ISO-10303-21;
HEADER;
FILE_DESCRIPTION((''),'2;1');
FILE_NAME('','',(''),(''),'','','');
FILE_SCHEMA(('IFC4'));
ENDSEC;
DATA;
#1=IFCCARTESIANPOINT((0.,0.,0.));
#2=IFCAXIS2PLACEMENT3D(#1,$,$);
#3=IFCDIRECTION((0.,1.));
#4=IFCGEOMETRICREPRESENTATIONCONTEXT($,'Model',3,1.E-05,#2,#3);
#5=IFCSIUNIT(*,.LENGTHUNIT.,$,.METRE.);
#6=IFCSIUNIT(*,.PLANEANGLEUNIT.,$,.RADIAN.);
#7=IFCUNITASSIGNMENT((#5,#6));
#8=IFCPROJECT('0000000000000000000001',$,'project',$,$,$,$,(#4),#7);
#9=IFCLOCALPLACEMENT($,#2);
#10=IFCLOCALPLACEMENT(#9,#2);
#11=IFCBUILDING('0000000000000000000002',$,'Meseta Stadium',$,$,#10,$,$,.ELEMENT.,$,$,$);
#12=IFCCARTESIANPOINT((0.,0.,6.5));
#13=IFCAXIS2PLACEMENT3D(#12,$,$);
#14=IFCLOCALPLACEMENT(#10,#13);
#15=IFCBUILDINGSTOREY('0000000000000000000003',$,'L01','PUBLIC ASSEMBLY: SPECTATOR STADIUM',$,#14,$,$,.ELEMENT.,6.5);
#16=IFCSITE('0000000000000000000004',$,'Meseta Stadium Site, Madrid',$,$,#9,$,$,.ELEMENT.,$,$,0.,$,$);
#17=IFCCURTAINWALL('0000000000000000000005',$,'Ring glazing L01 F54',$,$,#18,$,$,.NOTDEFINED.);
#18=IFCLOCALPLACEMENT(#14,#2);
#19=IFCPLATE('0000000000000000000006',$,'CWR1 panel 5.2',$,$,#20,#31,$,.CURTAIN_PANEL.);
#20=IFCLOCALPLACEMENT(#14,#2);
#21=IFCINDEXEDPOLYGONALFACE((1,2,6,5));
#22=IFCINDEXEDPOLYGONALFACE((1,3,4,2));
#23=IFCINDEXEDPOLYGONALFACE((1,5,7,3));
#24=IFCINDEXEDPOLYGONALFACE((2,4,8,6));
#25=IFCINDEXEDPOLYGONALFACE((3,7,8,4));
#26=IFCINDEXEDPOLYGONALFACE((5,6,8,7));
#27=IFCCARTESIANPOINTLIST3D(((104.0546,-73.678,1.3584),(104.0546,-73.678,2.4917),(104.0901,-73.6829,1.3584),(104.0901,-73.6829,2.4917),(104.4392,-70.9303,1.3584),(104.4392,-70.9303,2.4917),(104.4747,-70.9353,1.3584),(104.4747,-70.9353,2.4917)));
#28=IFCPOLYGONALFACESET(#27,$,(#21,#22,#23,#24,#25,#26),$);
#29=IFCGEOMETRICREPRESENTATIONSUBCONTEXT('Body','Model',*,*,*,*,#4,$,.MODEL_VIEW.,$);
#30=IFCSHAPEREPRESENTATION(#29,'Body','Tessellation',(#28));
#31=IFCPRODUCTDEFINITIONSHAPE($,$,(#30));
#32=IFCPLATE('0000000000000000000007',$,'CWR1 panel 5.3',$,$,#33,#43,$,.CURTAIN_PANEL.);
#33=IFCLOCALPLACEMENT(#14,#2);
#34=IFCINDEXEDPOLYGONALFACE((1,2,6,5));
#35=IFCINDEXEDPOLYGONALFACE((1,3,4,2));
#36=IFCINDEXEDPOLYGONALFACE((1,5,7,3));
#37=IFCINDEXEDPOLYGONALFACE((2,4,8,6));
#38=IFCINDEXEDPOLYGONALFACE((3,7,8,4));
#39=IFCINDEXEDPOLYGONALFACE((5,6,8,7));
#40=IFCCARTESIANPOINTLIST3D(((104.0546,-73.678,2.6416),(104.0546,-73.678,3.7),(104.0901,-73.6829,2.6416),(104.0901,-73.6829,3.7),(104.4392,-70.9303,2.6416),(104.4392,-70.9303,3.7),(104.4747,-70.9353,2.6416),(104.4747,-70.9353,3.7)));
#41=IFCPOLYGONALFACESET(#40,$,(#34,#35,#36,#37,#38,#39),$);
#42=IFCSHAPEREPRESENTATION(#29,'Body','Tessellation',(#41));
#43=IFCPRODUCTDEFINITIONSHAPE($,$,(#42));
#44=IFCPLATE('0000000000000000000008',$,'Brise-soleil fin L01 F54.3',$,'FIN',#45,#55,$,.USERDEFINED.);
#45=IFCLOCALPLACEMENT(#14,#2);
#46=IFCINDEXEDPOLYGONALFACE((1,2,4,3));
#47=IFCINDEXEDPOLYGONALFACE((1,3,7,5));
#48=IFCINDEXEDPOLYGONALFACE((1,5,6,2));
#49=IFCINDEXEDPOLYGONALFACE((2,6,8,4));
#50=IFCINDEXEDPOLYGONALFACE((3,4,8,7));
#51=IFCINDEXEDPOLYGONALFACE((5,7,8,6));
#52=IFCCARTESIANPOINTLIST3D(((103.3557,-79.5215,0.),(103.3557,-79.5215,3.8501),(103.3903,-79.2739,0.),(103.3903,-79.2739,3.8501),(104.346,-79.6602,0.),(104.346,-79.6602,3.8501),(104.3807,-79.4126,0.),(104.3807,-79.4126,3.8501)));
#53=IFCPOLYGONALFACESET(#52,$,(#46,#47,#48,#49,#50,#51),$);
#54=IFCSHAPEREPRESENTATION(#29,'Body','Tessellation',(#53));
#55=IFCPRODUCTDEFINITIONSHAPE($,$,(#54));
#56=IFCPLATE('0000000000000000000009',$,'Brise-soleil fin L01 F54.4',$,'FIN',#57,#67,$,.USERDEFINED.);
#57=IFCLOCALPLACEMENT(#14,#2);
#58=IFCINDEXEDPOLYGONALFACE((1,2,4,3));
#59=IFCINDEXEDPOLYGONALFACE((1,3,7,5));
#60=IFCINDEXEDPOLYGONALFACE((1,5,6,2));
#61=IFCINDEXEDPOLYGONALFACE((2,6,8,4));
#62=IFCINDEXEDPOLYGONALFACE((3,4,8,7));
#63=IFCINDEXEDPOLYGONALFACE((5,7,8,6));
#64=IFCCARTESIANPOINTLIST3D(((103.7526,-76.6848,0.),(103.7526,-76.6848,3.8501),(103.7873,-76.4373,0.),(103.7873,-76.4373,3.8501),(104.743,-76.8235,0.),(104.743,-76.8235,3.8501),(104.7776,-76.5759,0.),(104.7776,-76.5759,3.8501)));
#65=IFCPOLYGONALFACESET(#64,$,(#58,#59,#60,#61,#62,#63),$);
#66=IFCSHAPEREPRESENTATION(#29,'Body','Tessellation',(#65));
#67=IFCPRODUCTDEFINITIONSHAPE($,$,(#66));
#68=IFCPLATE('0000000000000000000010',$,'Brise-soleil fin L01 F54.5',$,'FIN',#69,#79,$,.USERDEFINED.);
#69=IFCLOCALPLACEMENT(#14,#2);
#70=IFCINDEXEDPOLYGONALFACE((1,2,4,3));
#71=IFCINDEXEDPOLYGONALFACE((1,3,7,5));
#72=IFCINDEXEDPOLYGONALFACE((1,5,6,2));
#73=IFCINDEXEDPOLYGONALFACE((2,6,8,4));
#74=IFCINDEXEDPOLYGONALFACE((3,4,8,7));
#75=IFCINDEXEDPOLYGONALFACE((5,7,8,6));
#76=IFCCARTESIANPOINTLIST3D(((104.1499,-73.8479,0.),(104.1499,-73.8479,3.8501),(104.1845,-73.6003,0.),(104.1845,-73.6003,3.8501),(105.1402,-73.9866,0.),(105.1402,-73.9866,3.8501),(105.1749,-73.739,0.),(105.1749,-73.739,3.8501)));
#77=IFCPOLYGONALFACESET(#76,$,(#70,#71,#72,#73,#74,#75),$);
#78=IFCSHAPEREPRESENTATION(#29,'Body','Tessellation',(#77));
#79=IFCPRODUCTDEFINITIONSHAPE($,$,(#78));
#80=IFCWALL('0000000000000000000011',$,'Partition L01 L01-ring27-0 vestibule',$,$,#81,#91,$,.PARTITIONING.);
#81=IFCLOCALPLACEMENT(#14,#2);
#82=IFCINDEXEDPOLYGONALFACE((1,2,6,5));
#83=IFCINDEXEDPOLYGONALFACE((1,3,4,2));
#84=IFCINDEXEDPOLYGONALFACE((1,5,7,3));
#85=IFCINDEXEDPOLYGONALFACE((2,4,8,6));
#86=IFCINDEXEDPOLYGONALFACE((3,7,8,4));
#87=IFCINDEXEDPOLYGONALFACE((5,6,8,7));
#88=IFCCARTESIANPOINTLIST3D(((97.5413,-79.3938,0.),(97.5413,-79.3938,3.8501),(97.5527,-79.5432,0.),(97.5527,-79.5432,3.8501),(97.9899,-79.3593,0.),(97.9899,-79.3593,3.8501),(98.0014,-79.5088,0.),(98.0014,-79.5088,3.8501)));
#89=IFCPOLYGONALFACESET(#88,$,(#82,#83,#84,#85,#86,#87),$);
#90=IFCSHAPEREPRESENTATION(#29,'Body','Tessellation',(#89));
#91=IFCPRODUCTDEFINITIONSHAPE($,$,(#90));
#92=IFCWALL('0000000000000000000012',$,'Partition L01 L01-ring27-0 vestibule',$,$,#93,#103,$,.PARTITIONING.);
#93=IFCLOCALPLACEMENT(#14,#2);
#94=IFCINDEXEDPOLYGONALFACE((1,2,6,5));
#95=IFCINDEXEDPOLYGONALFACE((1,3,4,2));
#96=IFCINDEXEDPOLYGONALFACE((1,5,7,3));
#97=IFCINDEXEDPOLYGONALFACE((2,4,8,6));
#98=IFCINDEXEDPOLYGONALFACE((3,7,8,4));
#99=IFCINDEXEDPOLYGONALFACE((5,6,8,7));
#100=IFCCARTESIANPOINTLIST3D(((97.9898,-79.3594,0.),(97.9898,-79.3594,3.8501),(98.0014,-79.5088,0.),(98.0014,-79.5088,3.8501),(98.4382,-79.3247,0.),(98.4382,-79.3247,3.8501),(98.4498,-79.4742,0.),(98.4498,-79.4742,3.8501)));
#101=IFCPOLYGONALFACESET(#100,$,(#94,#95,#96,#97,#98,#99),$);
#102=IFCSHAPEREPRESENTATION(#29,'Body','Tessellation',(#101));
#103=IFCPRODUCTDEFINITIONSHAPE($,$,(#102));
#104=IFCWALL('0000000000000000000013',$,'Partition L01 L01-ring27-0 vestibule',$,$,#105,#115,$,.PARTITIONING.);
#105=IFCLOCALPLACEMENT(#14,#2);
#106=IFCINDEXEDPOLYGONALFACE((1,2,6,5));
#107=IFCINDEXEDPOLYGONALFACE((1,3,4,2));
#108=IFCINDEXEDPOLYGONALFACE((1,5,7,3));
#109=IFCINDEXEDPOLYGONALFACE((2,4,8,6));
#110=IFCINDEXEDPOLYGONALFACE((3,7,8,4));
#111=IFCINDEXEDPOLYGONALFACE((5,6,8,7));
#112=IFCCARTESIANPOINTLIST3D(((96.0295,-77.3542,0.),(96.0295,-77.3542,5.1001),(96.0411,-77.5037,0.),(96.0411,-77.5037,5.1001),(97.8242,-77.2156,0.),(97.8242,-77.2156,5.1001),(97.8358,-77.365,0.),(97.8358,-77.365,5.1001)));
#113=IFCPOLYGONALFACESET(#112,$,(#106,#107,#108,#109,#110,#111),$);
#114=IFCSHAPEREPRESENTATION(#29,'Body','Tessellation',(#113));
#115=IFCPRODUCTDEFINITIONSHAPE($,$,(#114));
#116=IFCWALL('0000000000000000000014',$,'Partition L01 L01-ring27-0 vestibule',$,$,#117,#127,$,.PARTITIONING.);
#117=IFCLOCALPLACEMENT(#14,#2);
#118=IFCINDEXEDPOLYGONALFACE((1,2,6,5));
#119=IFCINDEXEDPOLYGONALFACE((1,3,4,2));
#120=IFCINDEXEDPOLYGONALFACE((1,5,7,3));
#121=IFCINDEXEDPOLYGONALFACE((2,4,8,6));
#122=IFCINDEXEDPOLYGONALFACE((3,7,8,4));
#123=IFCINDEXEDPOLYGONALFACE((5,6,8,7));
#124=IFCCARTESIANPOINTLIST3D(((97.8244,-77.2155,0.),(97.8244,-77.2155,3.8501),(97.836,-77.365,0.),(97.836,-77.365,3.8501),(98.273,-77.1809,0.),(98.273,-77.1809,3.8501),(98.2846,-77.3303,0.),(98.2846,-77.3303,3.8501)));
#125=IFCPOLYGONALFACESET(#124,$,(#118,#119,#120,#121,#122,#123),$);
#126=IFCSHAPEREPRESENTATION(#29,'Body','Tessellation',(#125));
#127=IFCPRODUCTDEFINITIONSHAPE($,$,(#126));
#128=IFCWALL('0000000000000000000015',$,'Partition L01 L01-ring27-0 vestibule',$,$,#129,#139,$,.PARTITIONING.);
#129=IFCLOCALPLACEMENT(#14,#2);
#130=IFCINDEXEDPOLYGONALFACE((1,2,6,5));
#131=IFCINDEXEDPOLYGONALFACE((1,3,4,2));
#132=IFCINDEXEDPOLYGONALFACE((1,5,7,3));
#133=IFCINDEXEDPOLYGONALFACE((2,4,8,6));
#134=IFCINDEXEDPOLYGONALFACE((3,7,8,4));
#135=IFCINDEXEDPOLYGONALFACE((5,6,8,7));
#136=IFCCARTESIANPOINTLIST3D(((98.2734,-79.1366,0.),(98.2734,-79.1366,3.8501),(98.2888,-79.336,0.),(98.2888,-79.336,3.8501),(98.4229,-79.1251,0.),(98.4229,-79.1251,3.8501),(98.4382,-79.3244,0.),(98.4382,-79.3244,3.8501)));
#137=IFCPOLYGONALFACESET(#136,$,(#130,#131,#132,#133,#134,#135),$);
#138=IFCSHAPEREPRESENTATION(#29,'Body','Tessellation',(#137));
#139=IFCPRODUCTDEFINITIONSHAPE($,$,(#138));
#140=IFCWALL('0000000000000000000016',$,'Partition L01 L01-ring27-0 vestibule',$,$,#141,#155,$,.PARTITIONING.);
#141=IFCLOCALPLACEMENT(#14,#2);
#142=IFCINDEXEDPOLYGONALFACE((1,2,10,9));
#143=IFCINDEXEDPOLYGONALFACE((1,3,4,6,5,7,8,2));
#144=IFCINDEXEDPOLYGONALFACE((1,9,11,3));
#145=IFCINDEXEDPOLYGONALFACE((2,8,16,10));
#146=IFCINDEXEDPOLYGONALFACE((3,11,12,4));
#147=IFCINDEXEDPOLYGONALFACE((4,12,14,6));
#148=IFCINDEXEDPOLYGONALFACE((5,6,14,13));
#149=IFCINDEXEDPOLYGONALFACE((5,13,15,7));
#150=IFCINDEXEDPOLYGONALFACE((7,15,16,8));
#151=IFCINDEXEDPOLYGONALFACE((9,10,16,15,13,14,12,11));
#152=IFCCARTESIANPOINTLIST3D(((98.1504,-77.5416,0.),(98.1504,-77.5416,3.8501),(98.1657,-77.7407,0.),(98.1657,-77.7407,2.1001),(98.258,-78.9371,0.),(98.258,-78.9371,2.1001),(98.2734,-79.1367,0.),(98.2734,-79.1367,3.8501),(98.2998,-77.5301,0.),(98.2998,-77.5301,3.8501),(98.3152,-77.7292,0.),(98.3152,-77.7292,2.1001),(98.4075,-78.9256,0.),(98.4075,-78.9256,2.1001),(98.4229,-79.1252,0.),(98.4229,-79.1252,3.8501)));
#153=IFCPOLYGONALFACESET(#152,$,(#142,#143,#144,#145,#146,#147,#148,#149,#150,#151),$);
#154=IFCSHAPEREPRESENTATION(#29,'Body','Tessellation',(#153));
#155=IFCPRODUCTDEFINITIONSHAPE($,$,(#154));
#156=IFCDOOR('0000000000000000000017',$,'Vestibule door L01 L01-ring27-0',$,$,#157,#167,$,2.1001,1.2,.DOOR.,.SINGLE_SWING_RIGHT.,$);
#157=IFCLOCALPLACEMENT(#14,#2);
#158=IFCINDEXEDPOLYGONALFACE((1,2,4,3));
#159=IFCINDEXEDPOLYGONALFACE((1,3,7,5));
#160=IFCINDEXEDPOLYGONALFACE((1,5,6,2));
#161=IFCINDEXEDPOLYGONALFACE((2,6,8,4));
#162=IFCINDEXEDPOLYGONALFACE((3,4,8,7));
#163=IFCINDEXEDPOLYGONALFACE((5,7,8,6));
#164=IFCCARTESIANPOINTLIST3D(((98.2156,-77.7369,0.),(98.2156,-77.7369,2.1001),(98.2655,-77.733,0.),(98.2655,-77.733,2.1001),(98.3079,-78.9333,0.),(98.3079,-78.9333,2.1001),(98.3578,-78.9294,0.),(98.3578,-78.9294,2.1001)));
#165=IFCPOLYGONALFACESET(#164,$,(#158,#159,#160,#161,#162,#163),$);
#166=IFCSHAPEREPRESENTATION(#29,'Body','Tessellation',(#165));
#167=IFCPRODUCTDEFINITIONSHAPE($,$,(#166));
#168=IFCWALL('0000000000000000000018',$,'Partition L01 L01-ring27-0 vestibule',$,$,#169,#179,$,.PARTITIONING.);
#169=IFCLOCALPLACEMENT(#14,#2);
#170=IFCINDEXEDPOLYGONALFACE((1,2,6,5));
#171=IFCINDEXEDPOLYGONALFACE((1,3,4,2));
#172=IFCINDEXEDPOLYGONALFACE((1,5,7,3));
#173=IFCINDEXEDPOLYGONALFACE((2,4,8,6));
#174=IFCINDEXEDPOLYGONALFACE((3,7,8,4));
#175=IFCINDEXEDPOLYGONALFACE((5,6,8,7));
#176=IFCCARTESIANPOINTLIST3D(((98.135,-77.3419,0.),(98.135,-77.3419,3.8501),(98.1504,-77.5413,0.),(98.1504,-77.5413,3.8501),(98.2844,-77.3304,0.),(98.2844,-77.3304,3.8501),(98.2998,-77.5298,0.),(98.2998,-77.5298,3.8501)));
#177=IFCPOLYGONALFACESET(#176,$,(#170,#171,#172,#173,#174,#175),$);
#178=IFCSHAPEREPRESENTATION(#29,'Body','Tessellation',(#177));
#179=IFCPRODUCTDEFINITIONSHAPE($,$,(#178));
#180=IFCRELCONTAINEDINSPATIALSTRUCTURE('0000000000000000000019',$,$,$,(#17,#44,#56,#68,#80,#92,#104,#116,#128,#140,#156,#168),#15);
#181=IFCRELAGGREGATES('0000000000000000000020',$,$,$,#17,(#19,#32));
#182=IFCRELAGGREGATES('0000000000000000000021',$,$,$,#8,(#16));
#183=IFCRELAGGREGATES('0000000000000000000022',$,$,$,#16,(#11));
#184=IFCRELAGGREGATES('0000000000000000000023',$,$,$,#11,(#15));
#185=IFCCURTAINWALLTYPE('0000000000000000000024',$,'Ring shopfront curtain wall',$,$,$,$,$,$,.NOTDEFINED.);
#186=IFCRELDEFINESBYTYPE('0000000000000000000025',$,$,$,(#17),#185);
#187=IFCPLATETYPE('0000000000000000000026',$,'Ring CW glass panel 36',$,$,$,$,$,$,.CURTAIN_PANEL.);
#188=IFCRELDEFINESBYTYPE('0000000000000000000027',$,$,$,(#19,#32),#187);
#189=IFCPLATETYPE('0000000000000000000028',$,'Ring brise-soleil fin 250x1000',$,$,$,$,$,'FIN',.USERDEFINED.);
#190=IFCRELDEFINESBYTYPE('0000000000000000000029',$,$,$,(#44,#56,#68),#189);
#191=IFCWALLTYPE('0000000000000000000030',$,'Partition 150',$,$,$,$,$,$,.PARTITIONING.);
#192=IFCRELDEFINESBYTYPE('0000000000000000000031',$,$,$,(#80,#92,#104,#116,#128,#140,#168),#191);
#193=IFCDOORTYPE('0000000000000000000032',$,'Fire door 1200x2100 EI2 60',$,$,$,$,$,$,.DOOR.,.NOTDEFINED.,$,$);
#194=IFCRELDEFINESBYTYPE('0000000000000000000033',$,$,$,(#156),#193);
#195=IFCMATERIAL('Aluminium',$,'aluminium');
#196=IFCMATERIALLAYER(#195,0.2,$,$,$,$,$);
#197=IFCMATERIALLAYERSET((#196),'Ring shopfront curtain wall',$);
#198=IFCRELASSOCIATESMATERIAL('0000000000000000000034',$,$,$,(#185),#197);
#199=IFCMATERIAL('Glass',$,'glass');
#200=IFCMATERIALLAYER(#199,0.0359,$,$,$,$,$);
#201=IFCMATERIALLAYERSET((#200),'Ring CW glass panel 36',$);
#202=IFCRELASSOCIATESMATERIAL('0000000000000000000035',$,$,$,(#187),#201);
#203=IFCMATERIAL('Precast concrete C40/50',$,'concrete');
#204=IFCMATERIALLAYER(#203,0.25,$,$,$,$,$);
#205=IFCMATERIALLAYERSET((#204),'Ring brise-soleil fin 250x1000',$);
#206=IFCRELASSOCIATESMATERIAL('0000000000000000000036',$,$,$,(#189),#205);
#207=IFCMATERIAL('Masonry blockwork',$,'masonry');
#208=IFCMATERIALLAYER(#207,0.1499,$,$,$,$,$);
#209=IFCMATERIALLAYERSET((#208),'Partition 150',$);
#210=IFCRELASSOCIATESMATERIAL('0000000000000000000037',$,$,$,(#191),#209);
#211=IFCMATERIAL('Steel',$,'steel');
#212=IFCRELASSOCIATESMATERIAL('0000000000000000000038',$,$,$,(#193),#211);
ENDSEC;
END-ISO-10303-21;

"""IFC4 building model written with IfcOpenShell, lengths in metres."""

from ifc_helpers import new_model, si_unit, direction, frame, frame_2d, origin, origin_2d, place, context, subcontext, project, spatial, rectangle, extrude, material, layer, layer_set, type_object, element, fill, aggregate, save


model = new_model("IFC4")

# Units and contexts
model_context = context("Model", 3, precision=1e-05, world=origin(), true_north=direction((0.0, 1.0)))
body_context = subcontext(model_context, "Body", "Model", "MODEL_VIEW")
ifc_project = project(units=[si_unit("LENGTHUNIT", "METRE"), si_unit("PLANEANGLEUNIT", "RADIAN")], contexts=[model_context])

# Site, building, storey
site_placement = place(None, origin())
site = spatial("IfcSite", under=ifc_project, at=site_placement, Name="Meseta Stadium Site, Madrid", CompositionType="ELEMENT", RefElevation=0.0)
building_placement = place(site_placement, origin())
building = spatial("IfcBuilding", under=site, at=building_placement, Name="Meseta Stadium", CompositionType="ELEMENT")
storey_placement = place(building_placement, frame((0.0, 0.0, 6.5)))
storey = spatial("IfcBuildingStorey", under=building, at=storey_placement, Name="L01", Description="PUBLIC ASSEMBLY: SPECTATOR STADIUM", CompositionType="ELEMENT", Elevation=6.5)

# Curtain wall, plates
ifc_material_1 = material(Name="Aluminium", Category="aluminium")
ifc_layer_1 = layer(ifc_material_1, 0.2)
ifc_layer_set_1 = layer_set([ifc_layer_1], Name="Ring shopfront curtain wall")
curtain_wall_type = type_object("IfcCurtainWallType", Name="Ring shopfront curtain wall", PredefinedType="NOTDEFINED", material=ifc_layer_set_1)
curtain_wall_placement = place(storey_placement, origin())
curtain_wall = element("IfcCurtainWall", 1, at=curtain_wall_placement, inside=storey, type_object=curtain_wall_type, Name="Ring glazing L01 F54", PredefinedType="NOTDEFINED")
ifc_material_2 = material(Name="Glass", Category="glass")
ifc_layer_2 = layer(ifc_material_2, 0.0359)
ifc_layer_set_2 = layer_set([ifc_layer_2], Name="Ring CW glass panel 36")
plate_type_1 = type_object("IfcPlateType", Name="Ring CW glass panel 36", PredefinedType="CURTAIN_PANEL", material=ifc_layer_set_2)
plate_1_placement = place(storey_placement, frame((104.2646, -72.3066, 1.3584), z_axis=(0.0, 0.0, 1.0), x_axis=(0.138643, 0.990342, 0.0)))
plate_1 = element("IfcPlate", 2, at=plate_1_placement, type_object=plate_type_1, Name="CWR1 panel 5.2", PredefinedType="CURTAIN_PANEL", context=body_context, shape_type="SweptSolid", body=[
    extrude(rectangle(XDim=2.7744, YDim=0.0359, at=origin_2d()), origin(), (0.0, 0.0, 1.0), 1.1333),
])
plate_2_placement = place(storey_placement, frame((104.2646, -72.3066, 2.6416), z_axis=(0.0, 0.0, 1.0), x_axis=(0.138643, 0.990342, 0.0)))
plate_2 = element("IfcPlate", 3, at=plate_2_placement, type_object=plate_type_1, Name="CWR1 panel 5.3", PredefinedType="CURTAIN_PANEL", context=body_context, shape_type="SweptSolid", body=[
    extrude(rectangle(XDim=2.7744, YDim=0.0359, at=origin_2d()), origin(), (0.0, 0.0, 1.0), 1.0583),
])
aggregate(curtain_wall, [plate_1, plate_2])

# Plates
ifc_material_3 = material(Name="Precast concrete C40/50", Category="concrete")
ifc_layer_3 = layer(ifc_material_3, 0.25)
ifc_layer_set_3 = layer_set([ifc_layer_3], Name="Ring brise-soleil fin 250x1000")
plate_type_2 = type_object("IfcPlateType", Name="Ring brise-soleil fin 250x1000", ElementType="FIN", PredefinedType="USERDEFINED", material=ifc_layer_set_3)
for number, where, z_axis, x_axis, name in (
    (4, (103.8682, -79.467, 0.0), (0.0, 0.0, 1.0), (0.138641, 0.990343, 0.0), "Brise-soleil fin L01 F54.3"),
    (5, (104.2651, -76.6304, 0.0), (0.0, 0.0, 1.0), (0.138641, 0.990343, 0.0), "Brise-soleil fin L01 F54.4"),
    (6, (104.6624, -73.7935, 0.0), (0.0, 0.0, 1.0), (0.138641, 0.990343, 0.0), "Brise-soleil fin L01 F54.5"),
):
    element("IfcPlate", number, at=place(storey_placement, frame(where, z_axis=z_axis, x_axis=x_axis)), inside=storey, type_object=plate_type_2, Name=name, ObjectType="FIN", PredefinedType="USERDEFINED", context=body_context, shape_type="SweptSolid", body=[
        extrude(rectangle(XDim=0.25, YDim=1.0, at=origin_2d()), origin(), (0.0, 0.0, 1.0), 3.8501),
    ])

# Walls
ifc_material_4 = material(Name="Masonry blockwork", Category="masonry")
ifc_layer_4 = layer(ifc_material_4, 0.1499)
ifc_layer_set_4 = layer_set([ifc_layer_4], Name="Partition 150")
wall_type = type_object("IfcWallType", Name="Partition 150", PredefinedType="PARTITIONING", material=ifc_layer_set_4)
wall_1_placement = place(storey_placement, frame((97.5469, -79.4685, 0.0), z_axis=(0.0, 0.0, 1.0), x_axis=(0.99707, 0.076489, 0.0)))
element("IfcWall", 7, at=wall_1_placement, inside=storey, type_object=wall_type, Name="Partition L01 L01-ring27-0 vestibule", PredefinedType="PARTITIONING", context=body_context, shape_type="SweptSolid", body=[
    extrude(rectangle(XDim=0.45, YDim=0.1499, at=frame_2d((0.2251, 0.0))), origin(), (0.0, 0.0, 1.0), 3.8501),
])
wall_2_placement = place(storey_placement, frame((97.9956, -79.4341, 0.0), z_axis=(0.0, 0.0, 1.0), x_axis=(0.997026, 0.07707, 0.0)))
element("IfcWall", 8, at=wall_2_placement, inside=storey, type_object=wall_type, Name="Partition L01 L01-ring27-0 vestibule", PredefinedType="PARTITIONING", context=body_context, shape_type="SweptSolid", body=[
    extrude(rectangle(XDim=0.4497, YDim=0.1499, at=frame_2d((0.2249, 0.0))), origin(), (0.0, 0.0, 1.0), 3.8501),
])
wall_3_placement = place(storey_placement, frame((96.0354, -77.429, 0.0), z_axis=(0.0, 0.0, 1.0), x_axis=(0.997028, 0.077039, 0.0)))
element("IfcWall", 9, at=wall_3_placement, inside=storey, type_object=wall_type, Name="Partition L01 L01-ring27-0 vestibule", PredefinedType="PARTITIONING", context=body_context, shape_type="SweptSolid", body=[
    extrude(rectangle(XDim=1.8, YDim=0.1499, at=frame_2d((0.8999, 0.0))), origin(), (0.0, 0.0, 1.0), 5.1001),
])
wall_4_placement = place(storey_placement, frame((97.8301, -77.2903, 0.0), z_axis=(0.0, 0.0, 1.0), x_axis=(0.997029, 0.077028, 0.0)))
element("IfcWall", 10, at=wall_4_placement, inside=storey, type_object=wall_type, Name="Partition L01 L01-ring27-0 vestibule", PredefinedType="PARTITIONING", context=body_context, shape_type="SweptSolid", body=[
    extrude(rectangle(XDim=0.45, YDim=0.1499, at=frame_2d((0.2251, 0.0))), origin(), (0.0, 0.0, 1.0), 3.8501),
])
wall_5_placement = place(storey_placement, frame((98.3635, -79.3303, 0.0), z_axis=(0.0, 0.0, 1.0), x_axis=(-0.076883, 0.99704, 0.0)))
element("IfcWall", 11, at=wall_5_placement, inside=storey, type_object=wall_type, Name="Partition L01 L01-ring27-0 vestibule", PredefinedType="PARTITIONING", context=body_context, shape_type="SweptSolid", body=[
    extrude(rectangle(XDim=0.2, YDim=0.1499, at=frame_2d((0.1001, 0.0))), origin(), (0.0, 0.0, 1.0), 3.8501),
])

# Wall, opening, door
wall_6_placement = place(storey_placement, frame((98.3481, -79.1309, 0.0), z_axis=(0.0, 0.0, 1.0), x_axis=(-0.076907, 0.997038, 0.0)))
wall_6 = element("IfcWall", 12, at=wall_6_placement, inside=storey, type_object=wall_type, Name="Partition L01 L01-ring27-0 vestibule", PredefinedType="PARTITIONING", context=body_context, shape_type="SweptSolid", body=[
    extrude(rectangle(XDim=1.5999, YDim=0.1499, at=frame_2d((0.7998, 0.0))), origin(), (0.0, 0.0, 1.0), 3.8501),
])
opening_placement = place(wall_6_placement, frame((0.2, 0.0, 0.0)))
opening = element("IfcOpeningElement", 13, at=opening_placement, cuts=wall_6, PredefinedType="OPENING", context=body_context, shape_type="SweptSolid", body=[
    extrude(rectangle(XDim=1.2, YDim=2.1001, at=frame_2d((0.6001, 1.05))), frame((0.0, 0.085, 0.0), z_axis=(0.0, -1.0, 0.0), x_axis=(1.0, 0.0, 0.0)), (0.0, 0.0, 1.0), 0.1699),
])
ifc_material_5 = material(Name="Steel", Category="steel")
door_type = type_object("IfcDoorType", Name="Fire door 1200x2100 EI2 60", OperationType="NOTDEFINED", PredefinedType="DOOR", material=ifc_material_5)
door_placement = place(opening_placement, origin())
door = element("IfcDoor", 14, at=door_placement, inside=storey, type_object=door_type, Name="Vestibule door L01 L01-ring27-0", OperationType="SINGLE_SWING_RIGHT", OverallHeight=2.1001, OverallWidth=1.2, PredefinedType="DOOR", context=body_context, shape_type="SweptSolid", body=[
    extrude(rectangle(XDim=1.2, YDim=2.1001, at=frame_2d((0.6001, 1.05))), frame((0.0, 0.0249, 0.0), z_axis=(0.0, -1.0, 0.0), x_axis=(1.0, 0.0, 0.0)), (0.0, 0.0, 1.0), 0.05),
])
fill(opening, door)

# Wall
wall_7_placement = place(storey_placement, frame((98.2251, -77.5356, 0.0), z_axis=(0.0, 0.0, 1.0), x_axis=(-0.076883, 0.99704, 0.0)))
element("IfcWall", 15, at=wall_7_placement, inside=storey, type_object=wall_type, Name="Partition L01 L01-ring27-0 vestibule", PredefinedType="PARTITIONING", context=body_context, shape_type="SweptSolid", body=[
    extrude(rectangle(XDim=0.2, YDim=0.1499, at=frame_2d((0.1001, 0.0))), origin(), (0.0, 0.0, 1.0), 3.8501),
])

save(model, "model.ifc")
